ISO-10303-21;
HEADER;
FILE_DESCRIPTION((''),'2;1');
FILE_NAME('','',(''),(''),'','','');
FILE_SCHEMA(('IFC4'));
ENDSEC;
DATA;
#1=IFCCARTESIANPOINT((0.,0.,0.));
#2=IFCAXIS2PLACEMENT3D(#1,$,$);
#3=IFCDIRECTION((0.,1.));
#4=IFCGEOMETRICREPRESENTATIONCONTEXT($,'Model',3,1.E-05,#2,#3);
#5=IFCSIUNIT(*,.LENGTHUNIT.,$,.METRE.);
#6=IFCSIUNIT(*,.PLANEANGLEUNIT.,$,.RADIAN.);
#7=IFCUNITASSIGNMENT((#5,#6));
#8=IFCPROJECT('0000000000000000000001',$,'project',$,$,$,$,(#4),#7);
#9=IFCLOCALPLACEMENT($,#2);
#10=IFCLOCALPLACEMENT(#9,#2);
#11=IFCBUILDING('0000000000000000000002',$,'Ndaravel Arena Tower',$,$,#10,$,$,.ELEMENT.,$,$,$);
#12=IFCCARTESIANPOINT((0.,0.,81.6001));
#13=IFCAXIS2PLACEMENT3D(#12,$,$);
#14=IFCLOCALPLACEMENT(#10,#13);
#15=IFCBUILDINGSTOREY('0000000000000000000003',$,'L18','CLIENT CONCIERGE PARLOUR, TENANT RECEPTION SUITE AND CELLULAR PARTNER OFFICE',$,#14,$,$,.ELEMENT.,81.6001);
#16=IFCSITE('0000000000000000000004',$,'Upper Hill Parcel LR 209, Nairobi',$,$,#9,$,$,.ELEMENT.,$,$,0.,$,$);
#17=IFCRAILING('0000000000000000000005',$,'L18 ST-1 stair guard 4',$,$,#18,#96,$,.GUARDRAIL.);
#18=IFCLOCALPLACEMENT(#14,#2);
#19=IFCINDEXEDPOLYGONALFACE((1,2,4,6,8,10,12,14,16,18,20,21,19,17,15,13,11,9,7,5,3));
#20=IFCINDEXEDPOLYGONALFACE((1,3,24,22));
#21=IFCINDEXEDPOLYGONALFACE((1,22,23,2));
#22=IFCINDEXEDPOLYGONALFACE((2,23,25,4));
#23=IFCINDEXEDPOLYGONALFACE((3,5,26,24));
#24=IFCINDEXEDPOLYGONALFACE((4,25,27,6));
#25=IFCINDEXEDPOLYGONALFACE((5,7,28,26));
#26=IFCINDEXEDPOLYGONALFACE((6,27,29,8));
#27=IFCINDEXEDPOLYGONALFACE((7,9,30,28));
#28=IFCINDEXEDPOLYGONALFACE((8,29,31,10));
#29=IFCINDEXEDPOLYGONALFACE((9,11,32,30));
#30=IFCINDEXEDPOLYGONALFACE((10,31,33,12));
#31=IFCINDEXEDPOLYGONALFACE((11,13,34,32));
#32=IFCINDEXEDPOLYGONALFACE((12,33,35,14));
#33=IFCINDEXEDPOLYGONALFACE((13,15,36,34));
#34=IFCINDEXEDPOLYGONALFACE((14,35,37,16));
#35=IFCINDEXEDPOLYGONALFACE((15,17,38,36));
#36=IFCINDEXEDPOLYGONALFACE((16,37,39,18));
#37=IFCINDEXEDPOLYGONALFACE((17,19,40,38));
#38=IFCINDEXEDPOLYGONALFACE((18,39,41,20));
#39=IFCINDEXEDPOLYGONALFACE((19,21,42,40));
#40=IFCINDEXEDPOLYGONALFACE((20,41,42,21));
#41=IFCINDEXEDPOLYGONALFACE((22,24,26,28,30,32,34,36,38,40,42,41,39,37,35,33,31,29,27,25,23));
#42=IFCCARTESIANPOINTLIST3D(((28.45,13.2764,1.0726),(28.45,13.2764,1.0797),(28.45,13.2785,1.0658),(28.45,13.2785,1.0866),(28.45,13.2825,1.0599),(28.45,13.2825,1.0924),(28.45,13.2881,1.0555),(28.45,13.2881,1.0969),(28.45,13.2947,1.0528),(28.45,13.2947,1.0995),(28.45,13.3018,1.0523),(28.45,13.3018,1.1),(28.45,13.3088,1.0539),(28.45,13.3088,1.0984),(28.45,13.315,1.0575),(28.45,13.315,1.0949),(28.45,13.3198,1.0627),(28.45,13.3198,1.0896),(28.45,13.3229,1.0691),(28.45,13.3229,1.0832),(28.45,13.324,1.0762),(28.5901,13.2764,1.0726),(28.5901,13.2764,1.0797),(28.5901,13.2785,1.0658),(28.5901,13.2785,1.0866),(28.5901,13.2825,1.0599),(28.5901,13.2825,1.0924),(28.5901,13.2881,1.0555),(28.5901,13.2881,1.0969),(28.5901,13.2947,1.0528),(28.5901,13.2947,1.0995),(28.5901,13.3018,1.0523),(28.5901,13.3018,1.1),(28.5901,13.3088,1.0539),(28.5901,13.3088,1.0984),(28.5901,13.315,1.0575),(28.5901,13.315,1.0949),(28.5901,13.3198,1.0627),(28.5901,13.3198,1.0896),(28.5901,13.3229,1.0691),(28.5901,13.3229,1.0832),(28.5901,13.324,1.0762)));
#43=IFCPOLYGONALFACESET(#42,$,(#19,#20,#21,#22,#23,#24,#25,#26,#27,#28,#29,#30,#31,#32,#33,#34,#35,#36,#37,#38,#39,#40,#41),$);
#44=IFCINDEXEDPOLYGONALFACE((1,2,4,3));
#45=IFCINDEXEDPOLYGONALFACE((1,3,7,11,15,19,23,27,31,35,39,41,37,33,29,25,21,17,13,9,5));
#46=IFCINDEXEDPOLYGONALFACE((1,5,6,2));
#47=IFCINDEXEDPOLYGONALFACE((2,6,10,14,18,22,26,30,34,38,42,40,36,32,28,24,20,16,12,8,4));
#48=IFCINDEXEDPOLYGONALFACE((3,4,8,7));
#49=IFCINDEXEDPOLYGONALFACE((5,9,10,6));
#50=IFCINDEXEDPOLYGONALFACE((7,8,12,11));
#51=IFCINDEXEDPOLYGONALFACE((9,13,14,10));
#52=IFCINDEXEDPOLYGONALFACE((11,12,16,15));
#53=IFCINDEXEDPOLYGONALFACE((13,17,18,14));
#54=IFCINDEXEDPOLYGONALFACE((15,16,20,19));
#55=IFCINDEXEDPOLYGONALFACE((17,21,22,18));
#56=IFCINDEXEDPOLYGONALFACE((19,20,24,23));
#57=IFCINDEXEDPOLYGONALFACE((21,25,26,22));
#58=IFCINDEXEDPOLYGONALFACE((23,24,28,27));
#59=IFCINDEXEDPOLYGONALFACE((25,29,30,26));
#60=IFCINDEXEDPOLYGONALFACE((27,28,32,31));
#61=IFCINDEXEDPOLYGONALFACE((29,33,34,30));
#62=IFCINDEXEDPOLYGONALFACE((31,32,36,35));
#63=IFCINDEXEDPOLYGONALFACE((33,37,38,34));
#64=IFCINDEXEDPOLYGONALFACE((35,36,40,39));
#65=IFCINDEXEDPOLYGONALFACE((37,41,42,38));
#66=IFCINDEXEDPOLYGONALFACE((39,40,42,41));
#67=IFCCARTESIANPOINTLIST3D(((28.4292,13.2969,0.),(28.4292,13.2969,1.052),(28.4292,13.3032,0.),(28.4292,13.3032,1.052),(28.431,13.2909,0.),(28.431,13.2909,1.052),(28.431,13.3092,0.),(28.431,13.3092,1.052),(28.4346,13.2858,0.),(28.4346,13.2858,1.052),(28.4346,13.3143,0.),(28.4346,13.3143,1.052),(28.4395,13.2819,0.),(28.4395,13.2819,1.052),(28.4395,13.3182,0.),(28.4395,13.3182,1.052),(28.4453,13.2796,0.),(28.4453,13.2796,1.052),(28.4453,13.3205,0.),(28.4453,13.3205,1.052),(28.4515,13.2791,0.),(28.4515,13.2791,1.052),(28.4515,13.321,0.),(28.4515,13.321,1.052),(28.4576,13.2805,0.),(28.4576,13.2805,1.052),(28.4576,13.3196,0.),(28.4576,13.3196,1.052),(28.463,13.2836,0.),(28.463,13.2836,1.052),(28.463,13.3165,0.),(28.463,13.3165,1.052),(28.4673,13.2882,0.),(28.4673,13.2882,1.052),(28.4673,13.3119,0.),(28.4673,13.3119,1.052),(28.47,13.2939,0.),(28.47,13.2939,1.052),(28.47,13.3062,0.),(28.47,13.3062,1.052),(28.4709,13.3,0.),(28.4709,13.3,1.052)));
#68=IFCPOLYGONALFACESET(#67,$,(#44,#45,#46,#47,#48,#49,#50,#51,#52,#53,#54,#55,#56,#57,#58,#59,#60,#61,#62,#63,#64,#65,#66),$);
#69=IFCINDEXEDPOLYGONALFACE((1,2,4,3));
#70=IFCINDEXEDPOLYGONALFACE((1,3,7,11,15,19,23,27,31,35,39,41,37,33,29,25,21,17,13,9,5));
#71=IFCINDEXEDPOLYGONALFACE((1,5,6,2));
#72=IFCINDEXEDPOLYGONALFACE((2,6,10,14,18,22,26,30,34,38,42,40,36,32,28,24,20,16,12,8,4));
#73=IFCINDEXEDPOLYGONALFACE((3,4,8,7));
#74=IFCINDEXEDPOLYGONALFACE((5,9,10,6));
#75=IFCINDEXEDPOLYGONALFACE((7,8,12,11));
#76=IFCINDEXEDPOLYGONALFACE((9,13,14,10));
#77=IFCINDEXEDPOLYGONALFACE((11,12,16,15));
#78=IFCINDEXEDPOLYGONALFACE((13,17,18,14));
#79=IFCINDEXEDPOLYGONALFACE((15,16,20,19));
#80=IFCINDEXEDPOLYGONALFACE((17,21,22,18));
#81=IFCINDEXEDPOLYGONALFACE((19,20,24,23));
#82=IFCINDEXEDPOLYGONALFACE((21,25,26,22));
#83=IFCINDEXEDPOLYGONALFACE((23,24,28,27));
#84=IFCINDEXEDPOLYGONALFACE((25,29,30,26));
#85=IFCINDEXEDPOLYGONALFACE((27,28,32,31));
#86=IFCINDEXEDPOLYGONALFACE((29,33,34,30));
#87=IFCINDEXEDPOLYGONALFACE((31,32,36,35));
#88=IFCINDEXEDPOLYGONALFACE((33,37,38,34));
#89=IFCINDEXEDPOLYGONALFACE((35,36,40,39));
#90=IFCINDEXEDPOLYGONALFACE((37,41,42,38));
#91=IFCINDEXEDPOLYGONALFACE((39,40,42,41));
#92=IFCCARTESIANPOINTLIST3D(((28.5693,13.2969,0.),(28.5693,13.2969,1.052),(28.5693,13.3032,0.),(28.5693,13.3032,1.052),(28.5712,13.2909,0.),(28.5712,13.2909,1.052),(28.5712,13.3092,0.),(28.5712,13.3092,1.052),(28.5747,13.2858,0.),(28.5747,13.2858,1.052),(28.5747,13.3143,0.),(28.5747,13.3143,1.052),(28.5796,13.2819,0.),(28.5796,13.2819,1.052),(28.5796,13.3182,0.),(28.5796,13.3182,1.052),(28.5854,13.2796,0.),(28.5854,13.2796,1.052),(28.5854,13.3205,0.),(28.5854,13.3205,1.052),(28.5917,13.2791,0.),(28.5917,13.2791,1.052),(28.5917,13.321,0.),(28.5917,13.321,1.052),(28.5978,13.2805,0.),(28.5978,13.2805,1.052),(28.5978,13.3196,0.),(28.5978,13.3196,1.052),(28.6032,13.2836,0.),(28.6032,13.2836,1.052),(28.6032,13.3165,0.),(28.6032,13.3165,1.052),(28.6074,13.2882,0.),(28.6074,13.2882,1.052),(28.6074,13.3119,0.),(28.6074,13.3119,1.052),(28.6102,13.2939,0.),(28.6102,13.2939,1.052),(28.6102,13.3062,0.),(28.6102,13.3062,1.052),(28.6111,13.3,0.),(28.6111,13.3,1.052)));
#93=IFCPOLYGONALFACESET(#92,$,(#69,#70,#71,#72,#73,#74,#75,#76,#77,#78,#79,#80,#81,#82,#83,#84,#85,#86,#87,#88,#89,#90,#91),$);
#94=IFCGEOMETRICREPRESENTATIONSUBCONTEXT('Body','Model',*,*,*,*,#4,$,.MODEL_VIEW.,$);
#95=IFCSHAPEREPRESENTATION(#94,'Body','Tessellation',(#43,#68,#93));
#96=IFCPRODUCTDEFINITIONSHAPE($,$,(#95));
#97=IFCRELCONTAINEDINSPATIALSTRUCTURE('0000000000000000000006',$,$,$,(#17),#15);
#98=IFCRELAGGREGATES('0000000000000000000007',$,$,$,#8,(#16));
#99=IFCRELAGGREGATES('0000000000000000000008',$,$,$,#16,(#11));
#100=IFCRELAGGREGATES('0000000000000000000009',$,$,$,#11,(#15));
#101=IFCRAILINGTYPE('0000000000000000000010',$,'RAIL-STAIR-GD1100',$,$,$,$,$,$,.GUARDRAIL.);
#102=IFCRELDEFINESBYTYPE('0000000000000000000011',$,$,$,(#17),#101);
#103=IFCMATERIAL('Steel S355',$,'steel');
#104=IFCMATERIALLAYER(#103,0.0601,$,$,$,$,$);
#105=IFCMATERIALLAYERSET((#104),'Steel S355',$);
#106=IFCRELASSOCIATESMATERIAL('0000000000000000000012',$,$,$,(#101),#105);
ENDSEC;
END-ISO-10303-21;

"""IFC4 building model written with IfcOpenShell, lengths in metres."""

from ifc_helpers import new_model, si_unit, direction, frame, origin, origin_2d, place, context, subcontext, project, spatial, circle, extrude, material, layer, layer_set, type_object, element, save


model = new_model("IFC4")

# Units and contexts
model_context = context("Model", 3, precision=1e-05, world=origin(), true_north=direction((0.0, 1.0)))
body_context = subcontext(model_context, "Body", "Model", "MODEL_VIEW")
ifc_project = project(units=[si_unit("LENGTHUNIT", "METRE"), si_unit("PLANEANGLEUNIT", "RADIAN")], contexts=[model_context])

# Site, building, storey
site_placement = place(None, origin())
site = spatial("IfcSite", under=ifc_project, at=site_placement, Name="Upper Hill Parcel LR 209, Nairobi", CompositionType="ELEMENT", RefElevation=0.0)
building_placement = place(site_placement, origin())
building = spatial("IfcBuilding", under=site, at=building_placement, Name="Ndaravel Arena Tower", CompositionType="ELEMENT")
storey_placement = place(building_placement, frame((0.0, 0.0, 81.6001)))
storey = spatial("IfcBuildingStorey", under=building, at=storey_placement, Name="L18", Description="CLIENT CONCIERGE PARLOUR, TENANT RECEPTION SUITE AND CELLULAR PARTNER OFFICE", CompositionType="ELEMENT", Elevation=81.6001)

# Railing
ifc_material_1 = material(Name="Steel S355", Category="steel")
ifc_layer_1 = layer(ifc_material_1, 0.0601)
ifc_layer_set_1 = layer_set([ifc_layer_1], Name="Steel S355")
railing_type_1 = type_object("IfcRailingType", Name="RAIL-STAIR-GD1100", PredefinedType="GUARDRAIL", material=ifc_layer_set_1)
railing_1_placement = place(storey_placement, frame((28.45, 13.3, 0.0)))
element("IfcRailing", 1, at=railing_1_placement, inside=storey, type_object=railing_type_1, Name="L18 ST-1 stair guard 4", PredefinedType="GUARDRAIL", context=body_context, shape_type="SweptSolid", body=[
    extrude(circle(Radius=0.0239, at=origin_2d()), frame((0.0, 0.0, 1.0762), z_axis=(1.0, 0.0, 0.0), x_axis=(0.0, 1.0, 0.0)), (0.0, 0.0, 1.0), 0.1401),
    extrude(circle(Radius=0.021, at=origin_2d()), origin(), (0.0, 0.0, 1.0), 1.052),
    extrude(circle(Radius=0.021, at=origin_2d()), frame((0.1401, 0.0, 0.0)), (0.0, 0.0, 1.0), 1.052),
])

save(model, "model.ifc")
